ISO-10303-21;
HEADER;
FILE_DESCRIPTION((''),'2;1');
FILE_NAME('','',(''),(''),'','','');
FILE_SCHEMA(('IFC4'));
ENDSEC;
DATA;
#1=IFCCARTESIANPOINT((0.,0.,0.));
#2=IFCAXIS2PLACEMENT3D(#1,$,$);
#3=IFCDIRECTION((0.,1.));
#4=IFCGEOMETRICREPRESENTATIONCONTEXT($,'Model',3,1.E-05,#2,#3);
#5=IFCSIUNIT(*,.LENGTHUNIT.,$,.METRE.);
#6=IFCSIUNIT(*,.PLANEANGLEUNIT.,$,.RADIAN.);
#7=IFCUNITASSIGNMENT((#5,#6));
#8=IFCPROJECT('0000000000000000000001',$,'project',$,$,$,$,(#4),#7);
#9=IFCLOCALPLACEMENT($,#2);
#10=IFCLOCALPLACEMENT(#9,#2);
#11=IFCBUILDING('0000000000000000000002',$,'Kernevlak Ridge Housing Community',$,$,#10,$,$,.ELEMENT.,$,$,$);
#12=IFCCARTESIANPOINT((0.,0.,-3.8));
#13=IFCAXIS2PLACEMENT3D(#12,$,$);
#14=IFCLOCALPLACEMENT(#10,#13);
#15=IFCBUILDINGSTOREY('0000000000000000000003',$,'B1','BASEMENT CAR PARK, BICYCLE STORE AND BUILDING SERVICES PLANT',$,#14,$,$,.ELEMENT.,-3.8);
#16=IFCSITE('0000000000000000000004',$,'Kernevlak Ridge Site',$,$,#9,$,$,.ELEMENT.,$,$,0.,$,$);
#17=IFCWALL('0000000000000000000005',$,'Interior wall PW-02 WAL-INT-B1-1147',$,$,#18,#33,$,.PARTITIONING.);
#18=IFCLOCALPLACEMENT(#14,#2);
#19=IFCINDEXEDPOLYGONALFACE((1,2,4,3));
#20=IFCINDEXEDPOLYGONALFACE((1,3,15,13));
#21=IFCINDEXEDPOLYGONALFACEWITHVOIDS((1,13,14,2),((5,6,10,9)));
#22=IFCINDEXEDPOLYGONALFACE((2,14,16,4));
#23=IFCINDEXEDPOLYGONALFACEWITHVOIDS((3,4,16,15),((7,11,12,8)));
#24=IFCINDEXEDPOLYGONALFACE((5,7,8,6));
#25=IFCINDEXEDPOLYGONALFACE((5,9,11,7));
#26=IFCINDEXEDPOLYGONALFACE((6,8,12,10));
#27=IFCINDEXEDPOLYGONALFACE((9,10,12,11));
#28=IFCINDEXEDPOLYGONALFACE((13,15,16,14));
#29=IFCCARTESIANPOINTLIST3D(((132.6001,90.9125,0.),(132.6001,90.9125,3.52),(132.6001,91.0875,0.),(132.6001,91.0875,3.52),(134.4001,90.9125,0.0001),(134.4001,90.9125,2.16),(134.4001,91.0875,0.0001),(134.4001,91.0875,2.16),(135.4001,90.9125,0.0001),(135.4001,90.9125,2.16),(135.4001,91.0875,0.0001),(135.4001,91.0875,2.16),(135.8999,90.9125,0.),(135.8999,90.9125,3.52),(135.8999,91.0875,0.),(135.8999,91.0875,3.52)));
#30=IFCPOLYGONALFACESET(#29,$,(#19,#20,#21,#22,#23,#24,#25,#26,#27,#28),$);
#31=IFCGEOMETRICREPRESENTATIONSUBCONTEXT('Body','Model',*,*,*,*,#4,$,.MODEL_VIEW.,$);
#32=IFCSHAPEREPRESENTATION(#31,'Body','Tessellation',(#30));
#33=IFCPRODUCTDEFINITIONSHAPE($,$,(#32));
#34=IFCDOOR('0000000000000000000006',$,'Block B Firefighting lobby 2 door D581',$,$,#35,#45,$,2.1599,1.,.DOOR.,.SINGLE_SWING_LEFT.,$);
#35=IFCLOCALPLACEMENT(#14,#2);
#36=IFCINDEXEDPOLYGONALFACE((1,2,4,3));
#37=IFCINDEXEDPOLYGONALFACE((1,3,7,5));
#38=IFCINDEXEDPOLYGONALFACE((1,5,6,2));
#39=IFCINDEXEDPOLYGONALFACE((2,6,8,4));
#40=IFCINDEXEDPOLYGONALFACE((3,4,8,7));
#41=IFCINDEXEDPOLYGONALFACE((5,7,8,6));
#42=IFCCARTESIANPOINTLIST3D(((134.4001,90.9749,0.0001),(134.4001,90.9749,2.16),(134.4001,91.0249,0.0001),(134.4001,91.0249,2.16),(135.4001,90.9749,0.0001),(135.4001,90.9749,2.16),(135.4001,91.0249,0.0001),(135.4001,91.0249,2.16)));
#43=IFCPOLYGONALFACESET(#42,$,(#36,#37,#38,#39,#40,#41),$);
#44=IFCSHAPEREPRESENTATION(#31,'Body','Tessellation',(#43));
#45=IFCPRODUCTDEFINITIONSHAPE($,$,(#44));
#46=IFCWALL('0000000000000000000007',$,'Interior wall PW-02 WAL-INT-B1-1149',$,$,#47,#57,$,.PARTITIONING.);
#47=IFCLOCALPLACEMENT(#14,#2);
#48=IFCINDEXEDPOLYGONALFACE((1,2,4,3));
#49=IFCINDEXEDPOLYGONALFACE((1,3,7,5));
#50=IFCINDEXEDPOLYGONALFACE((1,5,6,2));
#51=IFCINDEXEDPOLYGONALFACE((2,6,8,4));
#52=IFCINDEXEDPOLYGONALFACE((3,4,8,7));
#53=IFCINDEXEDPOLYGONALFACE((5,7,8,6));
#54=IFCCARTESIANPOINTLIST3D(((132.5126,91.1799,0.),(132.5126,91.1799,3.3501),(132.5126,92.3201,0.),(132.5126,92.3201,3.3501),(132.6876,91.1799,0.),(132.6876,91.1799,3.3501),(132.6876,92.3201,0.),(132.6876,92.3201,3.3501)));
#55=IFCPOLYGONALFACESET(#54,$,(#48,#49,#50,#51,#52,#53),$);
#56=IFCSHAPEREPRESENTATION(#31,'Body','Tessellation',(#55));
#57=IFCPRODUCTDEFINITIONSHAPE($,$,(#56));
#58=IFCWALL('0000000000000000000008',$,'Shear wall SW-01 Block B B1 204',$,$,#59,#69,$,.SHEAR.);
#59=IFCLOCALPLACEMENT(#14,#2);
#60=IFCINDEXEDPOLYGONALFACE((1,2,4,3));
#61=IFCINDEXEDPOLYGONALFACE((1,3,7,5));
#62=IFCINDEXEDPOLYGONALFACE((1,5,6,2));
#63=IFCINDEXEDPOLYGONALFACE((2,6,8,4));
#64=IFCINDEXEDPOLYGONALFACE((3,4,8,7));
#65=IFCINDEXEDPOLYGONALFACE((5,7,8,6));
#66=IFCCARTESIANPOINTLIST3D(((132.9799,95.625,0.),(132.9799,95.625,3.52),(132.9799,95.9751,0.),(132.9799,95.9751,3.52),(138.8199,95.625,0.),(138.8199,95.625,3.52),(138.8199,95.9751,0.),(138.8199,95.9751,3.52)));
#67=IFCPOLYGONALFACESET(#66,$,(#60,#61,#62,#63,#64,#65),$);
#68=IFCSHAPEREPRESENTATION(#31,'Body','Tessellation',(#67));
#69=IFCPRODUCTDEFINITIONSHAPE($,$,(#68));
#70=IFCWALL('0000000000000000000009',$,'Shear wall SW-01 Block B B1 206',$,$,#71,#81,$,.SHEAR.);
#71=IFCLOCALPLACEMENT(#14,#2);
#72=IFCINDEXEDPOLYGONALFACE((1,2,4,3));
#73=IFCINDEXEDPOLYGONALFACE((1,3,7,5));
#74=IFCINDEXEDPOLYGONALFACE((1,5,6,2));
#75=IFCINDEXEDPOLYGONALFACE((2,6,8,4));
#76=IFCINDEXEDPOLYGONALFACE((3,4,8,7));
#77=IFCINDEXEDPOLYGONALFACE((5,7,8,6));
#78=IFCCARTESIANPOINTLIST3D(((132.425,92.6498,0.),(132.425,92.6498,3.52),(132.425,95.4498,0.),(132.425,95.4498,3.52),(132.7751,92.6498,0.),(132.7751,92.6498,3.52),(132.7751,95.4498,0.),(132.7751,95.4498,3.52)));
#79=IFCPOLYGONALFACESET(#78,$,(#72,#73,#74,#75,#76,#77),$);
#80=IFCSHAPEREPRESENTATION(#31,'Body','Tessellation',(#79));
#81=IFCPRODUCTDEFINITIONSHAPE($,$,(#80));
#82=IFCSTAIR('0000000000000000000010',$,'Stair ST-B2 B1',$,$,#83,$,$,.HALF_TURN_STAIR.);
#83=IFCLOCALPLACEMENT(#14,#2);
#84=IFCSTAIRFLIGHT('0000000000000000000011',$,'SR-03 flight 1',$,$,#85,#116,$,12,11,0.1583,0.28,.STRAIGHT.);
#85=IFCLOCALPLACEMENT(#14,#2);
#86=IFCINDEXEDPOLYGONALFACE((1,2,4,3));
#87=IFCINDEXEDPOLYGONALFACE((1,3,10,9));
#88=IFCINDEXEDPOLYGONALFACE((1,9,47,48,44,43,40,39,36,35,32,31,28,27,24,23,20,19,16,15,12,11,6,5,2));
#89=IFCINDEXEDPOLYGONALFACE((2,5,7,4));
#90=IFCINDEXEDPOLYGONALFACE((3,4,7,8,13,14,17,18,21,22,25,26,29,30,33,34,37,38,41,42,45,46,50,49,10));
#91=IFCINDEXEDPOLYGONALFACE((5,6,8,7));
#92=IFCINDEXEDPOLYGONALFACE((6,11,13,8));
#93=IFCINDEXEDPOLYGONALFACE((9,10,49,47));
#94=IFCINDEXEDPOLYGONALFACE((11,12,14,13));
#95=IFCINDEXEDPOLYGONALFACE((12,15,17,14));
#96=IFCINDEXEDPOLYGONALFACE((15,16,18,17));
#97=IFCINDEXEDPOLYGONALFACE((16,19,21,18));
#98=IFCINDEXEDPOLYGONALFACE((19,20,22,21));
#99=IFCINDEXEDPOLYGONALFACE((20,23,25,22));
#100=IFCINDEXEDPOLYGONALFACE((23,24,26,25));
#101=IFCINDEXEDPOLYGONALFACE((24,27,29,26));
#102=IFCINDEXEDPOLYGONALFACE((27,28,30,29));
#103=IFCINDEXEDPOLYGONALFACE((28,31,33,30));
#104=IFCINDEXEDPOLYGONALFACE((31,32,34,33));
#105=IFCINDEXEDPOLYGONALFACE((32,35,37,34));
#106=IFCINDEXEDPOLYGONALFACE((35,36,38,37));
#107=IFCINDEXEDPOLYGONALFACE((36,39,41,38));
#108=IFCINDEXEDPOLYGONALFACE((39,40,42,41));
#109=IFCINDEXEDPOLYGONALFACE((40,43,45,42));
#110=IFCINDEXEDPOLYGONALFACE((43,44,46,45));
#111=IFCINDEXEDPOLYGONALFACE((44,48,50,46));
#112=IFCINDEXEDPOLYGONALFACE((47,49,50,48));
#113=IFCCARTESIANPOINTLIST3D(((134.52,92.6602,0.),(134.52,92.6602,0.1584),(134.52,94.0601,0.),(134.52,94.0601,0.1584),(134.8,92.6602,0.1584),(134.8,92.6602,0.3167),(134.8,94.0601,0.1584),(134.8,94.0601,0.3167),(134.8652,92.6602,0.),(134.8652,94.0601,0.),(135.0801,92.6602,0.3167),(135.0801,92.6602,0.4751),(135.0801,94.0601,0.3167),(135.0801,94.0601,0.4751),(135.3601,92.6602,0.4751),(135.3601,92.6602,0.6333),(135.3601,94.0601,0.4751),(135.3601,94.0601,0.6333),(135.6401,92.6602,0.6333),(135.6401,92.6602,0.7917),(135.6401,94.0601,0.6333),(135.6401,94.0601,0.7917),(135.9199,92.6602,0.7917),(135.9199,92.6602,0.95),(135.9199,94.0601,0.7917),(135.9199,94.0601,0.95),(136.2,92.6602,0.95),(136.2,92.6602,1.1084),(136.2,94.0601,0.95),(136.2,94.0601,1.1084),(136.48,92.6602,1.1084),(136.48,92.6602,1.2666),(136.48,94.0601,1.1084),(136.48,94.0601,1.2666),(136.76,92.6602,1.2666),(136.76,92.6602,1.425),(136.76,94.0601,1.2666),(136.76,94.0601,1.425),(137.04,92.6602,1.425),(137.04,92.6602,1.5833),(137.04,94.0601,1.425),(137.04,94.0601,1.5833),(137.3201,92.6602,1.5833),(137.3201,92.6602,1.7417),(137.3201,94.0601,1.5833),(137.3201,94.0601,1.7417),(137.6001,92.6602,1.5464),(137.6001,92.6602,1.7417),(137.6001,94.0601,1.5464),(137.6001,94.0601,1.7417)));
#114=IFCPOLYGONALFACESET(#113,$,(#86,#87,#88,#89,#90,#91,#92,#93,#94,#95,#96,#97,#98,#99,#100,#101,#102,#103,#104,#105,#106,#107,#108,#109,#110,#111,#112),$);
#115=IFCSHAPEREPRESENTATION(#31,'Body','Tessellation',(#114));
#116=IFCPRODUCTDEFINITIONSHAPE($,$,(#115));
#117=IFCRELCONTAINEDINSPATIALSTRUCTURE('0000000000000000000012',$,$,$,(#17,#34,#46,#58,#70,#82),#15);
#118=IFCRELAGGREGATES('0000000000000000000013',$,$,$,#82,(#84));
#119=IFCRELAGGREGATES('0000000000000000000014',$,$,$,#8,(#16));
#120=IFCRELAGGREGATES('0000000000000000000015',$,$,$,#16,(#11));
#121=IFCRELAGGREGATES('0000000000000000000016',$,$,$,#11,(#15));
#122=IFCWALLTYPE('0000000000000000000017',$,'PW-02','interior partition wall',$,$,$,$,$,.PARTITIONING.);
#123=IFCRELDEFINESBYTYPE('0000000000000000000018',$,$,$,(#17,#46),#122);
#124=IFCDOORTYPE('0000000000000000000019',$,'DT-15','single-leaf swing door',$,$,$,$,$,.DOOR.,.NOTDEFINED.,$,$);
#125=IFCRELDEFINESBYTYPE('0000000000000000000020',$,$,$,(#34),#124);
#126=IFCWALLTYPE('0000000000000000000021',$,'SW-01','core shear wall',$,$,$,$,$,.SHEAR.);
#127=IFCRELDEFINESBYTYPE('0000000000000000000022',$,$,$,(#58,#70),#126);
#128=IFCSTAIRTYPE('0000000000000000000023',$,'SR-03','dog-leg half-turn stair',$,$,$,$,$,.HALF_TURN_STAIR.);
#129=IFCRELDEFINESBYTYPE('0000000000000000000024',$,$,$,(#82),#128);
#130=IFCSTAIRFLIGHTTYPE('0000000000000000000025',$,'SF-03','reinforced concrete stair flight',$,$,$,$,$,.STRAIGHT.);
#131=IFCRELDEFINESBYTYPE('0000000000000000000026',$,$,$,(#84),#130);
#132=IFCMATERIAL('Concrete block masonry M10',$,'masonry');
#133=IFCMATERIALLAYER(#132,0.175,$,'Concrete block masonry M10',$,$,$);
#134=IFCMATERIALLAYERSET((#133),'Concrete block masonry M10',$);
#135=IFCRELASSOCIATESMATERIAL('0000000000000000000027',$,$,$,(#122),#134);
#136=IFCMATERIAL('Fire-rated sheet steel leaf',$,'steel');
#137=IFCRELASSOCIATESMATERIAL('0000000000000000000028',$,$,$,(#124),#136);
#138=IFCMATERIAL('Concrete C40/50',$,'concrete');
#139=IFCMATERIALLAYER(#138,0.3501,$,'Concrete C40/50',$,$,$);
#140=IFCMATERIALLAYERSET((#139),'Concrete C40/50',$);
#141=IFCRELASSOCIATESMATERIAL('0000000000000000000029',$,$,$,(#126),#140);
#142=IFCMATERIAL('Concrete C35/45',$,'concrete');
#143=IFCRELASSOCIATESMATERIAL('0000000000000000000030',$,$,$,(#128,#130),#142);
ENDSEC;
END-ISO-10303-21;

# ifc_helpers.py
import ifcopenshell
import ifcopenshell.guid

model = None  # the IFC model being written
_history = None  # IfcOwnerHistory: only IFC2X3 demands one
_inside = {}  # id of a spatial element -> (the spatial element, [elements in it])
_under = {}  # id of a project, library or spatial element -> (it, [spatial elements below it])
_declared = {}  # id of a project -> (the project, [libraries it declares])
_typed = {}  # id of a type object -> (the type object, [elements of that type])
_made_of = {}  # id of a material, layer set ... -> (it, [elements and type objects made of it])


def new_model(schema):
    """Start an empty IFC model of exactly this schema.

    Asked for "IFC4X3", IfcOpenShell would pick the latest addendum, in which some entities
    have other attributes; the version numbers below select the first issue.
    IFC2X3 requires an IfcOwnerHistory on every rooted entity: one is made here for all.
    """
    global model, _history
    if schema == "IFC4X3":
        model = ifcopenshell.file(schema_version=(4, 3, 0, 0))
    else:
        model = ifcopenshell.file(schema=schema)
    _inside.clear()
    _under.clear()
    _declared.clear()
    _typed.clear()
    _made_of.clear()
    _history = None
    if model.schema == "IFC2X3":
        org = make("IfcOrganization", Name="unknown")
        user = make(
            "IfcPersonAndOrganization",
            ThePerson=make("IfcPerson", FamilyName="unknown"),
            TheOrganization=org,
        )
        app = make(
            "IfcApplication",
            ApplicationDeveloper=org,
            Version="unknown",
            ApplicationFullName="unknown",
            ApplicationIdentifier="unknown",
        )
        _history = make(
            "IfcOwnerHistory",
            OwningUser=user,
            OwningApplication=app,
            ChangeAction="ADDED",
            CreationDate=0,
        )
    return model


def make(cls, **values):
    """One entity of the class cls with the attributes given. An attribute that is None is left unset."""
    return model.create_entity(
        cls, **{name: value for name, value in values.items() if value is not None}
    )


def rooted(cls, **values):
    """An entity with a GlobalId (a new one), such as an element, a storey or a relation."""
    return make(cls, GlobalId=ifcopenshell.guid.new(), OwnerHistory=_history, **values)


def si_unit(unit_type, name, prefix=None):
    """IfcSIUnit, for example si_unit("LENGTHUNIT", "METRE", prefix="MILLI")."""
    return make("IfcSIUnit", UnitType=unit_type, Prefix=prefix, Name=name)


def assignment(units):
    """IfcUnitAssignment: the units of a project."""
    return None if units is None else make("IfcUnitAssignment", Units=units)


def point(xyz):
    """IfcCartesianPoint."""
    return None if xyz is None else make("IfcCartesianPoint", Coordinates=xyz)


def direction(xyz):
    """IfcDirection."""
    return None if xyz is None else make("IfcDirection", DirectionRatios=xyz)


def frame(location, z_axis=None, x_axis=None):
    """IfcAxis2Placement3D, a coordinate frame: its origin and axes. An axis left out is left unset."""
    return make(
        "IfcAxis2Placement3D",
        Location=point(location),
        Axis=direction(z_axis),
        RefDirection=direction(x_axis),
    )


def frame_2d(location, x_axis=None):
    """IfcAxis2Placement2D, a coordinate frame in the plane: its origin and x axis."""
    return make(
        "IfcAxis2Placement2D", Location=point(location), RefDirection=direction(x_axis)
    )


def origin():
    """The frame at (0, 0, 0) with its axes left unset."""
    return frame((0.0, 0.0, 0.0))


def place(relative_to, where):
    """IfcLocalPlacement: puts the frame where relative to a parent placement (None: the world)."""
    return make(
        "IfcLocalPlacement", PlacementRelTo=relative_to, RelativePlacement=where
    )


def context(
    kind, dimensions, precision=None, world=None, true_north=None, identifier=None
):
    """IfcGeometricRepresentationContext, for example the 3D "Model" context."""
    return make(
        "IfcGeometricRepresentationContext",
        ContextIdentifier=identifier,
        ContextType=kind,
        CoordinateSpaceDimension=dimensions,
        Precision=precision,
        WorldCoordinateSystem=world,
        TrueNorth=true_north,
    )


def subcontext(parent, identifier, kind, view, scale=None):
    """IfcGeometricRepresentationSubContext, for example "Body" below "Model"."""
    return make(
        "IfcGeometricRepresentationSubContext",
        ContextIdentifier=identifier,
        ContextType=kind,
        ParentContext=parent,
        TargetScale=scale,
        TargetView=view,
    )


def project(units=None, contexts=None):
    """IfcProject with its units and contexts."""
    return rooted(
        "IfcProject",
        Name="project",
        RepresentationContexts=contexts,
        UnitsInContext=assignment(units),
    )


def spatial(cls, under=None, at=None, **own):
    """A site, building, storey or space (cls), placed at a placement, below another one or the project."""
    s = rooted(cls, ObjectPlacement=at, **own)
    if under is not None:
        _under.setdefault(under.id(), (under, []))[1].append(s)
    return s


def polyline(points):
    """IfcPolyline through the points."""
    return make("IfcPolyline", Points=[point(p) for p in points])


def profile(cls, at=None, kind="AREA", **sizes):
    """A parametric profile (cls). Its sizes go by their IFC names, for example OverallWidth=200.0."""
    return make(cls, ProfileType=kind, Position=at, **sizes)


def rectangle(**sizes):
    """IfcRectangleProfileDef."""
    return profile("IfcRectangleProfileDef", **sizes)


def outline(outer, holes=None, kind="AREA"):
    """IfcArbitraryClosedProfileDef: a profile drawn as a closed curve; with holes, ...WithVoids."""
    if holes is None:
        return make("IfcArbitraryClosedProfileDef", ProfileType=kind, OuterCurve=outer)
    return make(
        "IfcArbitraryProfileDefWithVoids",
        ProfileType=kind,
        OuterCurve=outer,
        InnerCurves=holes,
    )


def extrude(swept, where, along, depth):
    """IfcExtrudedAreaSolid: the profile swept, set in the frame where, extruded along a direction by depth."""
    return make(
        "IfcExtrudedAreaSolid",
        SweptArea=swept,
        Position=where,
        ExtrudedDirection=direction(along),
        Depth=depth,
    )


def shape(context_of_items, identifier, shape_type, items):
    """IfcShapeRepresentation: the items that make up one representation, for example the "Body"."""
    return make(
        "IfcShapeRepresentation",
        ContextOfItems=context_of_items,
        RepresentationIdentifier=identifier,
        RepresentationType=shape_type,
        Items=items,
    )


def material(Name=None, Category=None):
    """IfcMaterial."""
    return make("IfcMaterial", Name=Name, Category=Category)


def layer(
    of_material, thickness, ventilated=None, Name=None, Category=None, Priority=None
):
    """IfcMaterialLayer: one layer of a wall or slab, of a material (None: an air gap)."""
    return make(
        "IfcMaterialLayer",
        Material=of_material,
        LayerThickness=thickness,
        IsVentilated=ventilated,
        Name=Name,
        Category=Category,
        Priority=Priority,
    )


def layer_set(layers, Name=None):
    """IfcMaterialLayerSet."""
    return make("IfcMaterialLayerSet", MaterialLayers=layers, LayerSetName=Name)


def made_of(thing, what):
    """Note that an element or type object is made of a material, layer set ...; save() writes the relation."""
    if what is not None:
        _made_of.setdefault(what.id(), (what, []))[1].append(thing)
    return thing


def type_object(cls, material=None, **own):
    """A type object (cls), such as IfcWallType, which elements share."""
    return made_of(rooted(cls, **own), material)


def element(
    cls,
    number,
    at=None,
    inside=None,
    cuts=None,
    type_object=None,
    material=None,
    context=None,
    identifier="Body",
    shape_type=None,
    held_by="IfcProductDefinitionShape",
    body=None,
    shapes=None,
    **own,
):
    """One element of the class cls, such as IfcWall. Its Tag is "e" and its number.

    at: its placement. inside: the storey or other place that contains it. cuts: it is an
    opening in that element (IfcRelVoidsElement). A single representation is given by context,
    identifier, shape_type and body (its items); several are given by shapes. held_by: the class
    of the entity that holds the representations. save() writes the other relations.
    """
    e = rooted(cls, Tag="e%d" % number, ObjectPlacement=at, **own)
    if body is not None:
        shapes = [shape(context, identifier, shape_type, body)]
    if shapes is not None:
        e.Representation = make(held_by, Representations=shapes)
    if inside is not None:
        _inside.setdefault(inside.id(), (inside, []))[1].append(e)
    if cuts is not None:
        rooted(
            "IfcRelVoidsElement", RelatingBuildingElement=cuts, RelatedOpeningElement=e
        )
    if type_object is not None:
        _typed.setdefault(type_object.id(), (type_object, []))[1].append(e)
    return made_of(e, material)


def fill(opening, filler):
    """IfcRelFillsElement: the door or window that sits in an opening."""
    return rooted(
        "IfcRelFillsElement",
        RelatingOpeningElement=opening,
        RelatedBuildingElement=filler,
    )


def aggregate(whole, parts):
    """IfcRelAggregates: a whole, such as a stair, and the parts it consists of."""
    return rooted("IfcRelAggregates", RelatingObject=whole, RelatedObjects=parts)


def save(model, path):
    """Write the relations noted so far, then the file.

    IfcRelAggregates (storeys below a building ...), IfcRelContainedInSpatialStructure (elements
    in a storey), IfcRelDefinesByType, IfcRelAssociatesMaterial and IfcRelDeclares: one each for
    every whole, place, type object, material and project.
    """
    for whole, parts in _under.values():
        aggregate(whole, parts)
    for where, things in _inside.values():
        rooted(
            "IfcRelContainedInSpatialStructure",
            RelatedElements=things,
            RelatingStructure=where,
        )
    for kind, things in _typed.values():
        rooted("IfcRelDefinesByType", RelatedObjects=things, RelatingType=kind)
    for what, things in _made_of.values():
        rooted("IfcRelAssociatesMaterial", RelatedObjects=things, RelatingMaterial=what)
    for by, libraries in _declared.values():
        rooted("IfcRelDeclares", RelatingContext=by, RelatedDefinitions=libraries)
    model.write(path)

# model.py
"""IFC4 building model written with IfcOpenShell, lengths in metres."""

from ifc_helpers import new_model, si_unit, direction, frame, frame_2d, origin, place, context, subcontext, project, spatial, polyline, rectangle, outline, extrude, material, layer, layer_set, type_object, element, fill, aggregate, save


model = new_model("IFC4")

# Units and contexts
model_context = context("Model", 3, precision=1e-05, world=origin(), true_north=direction((0.0, 1.0)))
body_context = subcontext(model_context, "Body", "Model", "MODEL_VIEW")
ifc_project = project(units=[si_unit("LENGTHUNIT", "METRE"), si_unit("PLANEANGLEUNIT", "RADIAN")], contexts=[model_context])

# Site, building, storey
site_placement = place(None, origin())
site = spatial("IfcSite", under=ifc_project, at=site_placement, Name="Kernevlak Ridge Site", CompositionType="ELEMENT", RefElevation=0.0)
building_placement = place(site_placement, origin())
building = spatial("IfcBuilding", under=site, at=building_placement, Name="Kernevlak Ridge Housing Community", CompositionType="ELEMENT")
storey_placement = place(building_placement, frame((0.0, 0.0, -3.8)))
storey = spatial("IfcBuildingStorey", under=building, at=storey_placement, Name="B1", Description="BASEMENT CAR PARK, BICYCLE STORE AND BUILDING SERVICES PLANT", CompositionType="ELEMENT", Elevation=-3.8)

# Shared definitions
ifc_material_1 = material(Name="Concrete C35/45", Category="concrete")

# Shared definitions
ifc_material_2 = material(Name="Concrete C40/50", Category="concrete")

# Wall, opening, door
ifc_material_3 = material(Name="Fire-rated sheet steel leaf", Category="steel")
ifc_material_4 = material(Name="Concrete block masonry M10", Category="masonry")
ifc_layer_1 = layer(ifc_material_4, 0.175, Name="Concrete block masonry M10")
ifc_layer_set_1 = layer_set([ifc_layer_1], Name="Concrete block masonry M10")
wall_type_1 = type_object("IfcWallType", Name="PW-02", Description="interior partition wall", PredefinedType="PARTITIONING", material=ifc_layer_set_1)
wall_1_placement = place(storey_placement, frame((132.6001, 91.0, 0.0), z_axis=(0.0, 0.0, 1.0), x_axis=(1.0, 0.0, 0.0)))
wall_1 = element("IfcWall", 1, at=wall_1_placement, inside=storey, type_object=wall_type_1, Name="Interior wall PW-02 WAL-INT-B1-1147", PredefinedType="PARTITIONING", context=body_context, shape_type="SweptSolid", body=[
    extrude(rectangle(XDim=3.2998, YDim=0.175, at=frame_2d((1.6499, 0.0))), origin(), (0.0, 0.0, 1.0), 3.52),
])
opening_1_placement = place(wall_1_placement, frame((1.8, 0.0, 0.0)))
opening_1 = element("IfcOpeningElement", 2, at=opening_1_placement, cuts=wall_1, PredefinedType="OPENING", context=body_context, shape_type="SweptSolid", body=[
    extrude(rectangle(XDim=1.0, YDim=2.1599, at=frame_2d((0.5, 1.0801))), frame((0.0, 0.0974, 0.0), z_axis=(0.0, -1.0, 0.0), x_axis=(1.0, 0.0, 0.0)), (0.0, 0.0, 1.0), 0.1951),
])
door_type_1 = type_object("IfcDoorType", Name="DT-15", Description="single-leaf swing door", OperationType="NOTDEFINED", PredefinedType="DOOR", material=ifc_material_3)
door_1_placement = place(opening_1_placement, origin())
door_1 = element("IfcDoor", 3, at=door_1_placement, inside=storey, type_object=door_type_1, Name="Block B Firefighting lobby 2 door D581", OperationType="SINGLE_SWING_LEFT", OverallHeight=2.1599, OverallWidth=1.0, PredefinedType="DOOR", context=body_context, shape_type="SweptSolid", body=[
    extrude(rectangle(XDim=1.0, YDim=2.1599, at=frame_2d((0.5, 1.0801))), frame((0.0, 0.0249, 0.0), z_axis=(0.0, -1.0, 0.0), x_axis=(1.0, 0.0, 0.0)), (0.0, 0.0, 1.0), 0.05),
])
fill(opening_1, door_1)

# Walls
wall_2_placement = place(storey_placement, frame((132.6001, 91.1799, 0.0), z_axis=(0.0, 0.0, 1.0), x_axis=(0.0, 1.0, 0.0)))
element("IfcWall", 4, at=wall_2_placement, inside=storey, type_object=wall_type_1, Name="Interior wall PW-02 WAL-INT-B1-1149", PredefinedType="PARTITIONING", context=body_context, shape_type="SweptSolid", body=[
    extrude(rectangle(XDim=1.1401, YDim=0.175, at=frame_2d((0.5701, 0.0))), origin(), (0.0, 0.0, 1.0), 3.3501),
])
ifc_layer_2 = layer(ifc_material_2, 0.3501, Name="Concrete C40/50")
ifc_layer_set_2 = layer_set([ifc_layer_2], Name="Concrete C40/50")
wall_type_2 = type_object("IfcWallType", Name="SW-01", Description="core shear wall", PredefinedType="SHEAR", material=ifc_layer_set_2)
wall_3_placement = place(storey_placement, frame((132.98, 95.8, 0.0), z_axis=(0.0, 0.0, 1.0), x_axis=(1.0, 0.0, 0.0)))
element("IfcWall", 5, at=wall_3_placement, inside=storey, type_object=wall_type_2, Name="Shear wall SW-01 Block B B1 204", PredefinedType="SHEAR", context=body_context, shape_type="SweptSolid", body=[
    extrude(rectangle(XDim=5.8401, YDim=0.3501, at=frame_2d((2.9199, 0.0))), origin(), (0.0, 0.0, 1.0), 3.52),
])
wall_4_placement = place(storey_placement, frame((132.6001, 92.6499, 0.0), z_axis=(0.0, 0.0, 1.0), x_axis=(0.0, 1.0, 0.0)))
element("IfcWall", 6, at=wall_4_placement, inside=storey, type_object=wall_type_2, Name="Shear wall SW-01 Block B B1 206", PredefinedType="SHEAR", context=body_context, shape_type="SweptSolid", body=[
    extrude(rectangle(XDim=2.8, YDim=0.3501, at=frame_2d((1.3999, 0.0))), origin(), (0.0, 0.0, 1.0), 3.52),
])

# Stair, stair flight
stair_type = type_object("IfcStairType", Name="SR-03", Description="dog-leg half-turn stair", PredefinedType="HALF_TURN_STAIR", material=ifc_material_1)
stair_placement = place(storey_placement, origin())
stair = element("IfcStair", 7, at=stair_placement, inside=storey, type_object=stair_type, Name="Stair ST-B2 B1", PredefinedType="HALF_TURN_STAIR")
stair_flight_type = type_object("IfcStairFlightType", Name="SF-03", Description="reinforced concrete stair flight", PredefinedType="STRAIGHT", material=ifc_material_1)
stair_flight_placement = place(storey_placement, frame((134.52, 93.3601, 0.0), z_axis=(0.0, 0.0, 1.0), x_axis=(1.0, 0.0, 0.0)))
stair_flight = element("IfcStairFlight", 8, at=stair_flight_placement, type_object=stair_flight_type, Name="SR-03 flight 1", NumberOfRisers=12, NumberOfTreads=11, PredefinedType="STRAIGHT", RiserHeight=0.1583, TreadLength=0.28, context=body_context, shape_type="SweptSolid", body=[
    extrude(outline(polyline([(0.0, 0.0), (0.0, 0.1584), (0.28, 0.1584), (0.28, 0.3167), (0.5601, 0.3167), (0.5601, 0.4751), (0.8401, 0.4751), (0.8401, 0.6333), (1.1201, 0.6333), (1.1201, 0.7917), (1.3999, 0.7917), (1.3999, 0.95), (1.6799, 0.95), (1.6799, 1.1084), (1.96, 1.1084), (1.96, 1.2666), (2.24, 1.2666), (2.24, 1.425), (2.52, 1.425), (2.52, 1.5833), (2.8, 1.5833), (2.8, 1.7417), (3.0801, 1.7417), (3.0801, 1.8999), (3.0801, 1.5464), (0.3452, 0.0), (0.0, 0.0)])), frame((0.0, 0.7, 0.0), z_axis=(0.0, -1.0, 0.0), x_axis=(1.0, 0.0, 0.0)), (0.0, 0.0, 1.0), 1.3999),
])
aggregate(stair, [stair_flight])

save(model, "model.ifc")
